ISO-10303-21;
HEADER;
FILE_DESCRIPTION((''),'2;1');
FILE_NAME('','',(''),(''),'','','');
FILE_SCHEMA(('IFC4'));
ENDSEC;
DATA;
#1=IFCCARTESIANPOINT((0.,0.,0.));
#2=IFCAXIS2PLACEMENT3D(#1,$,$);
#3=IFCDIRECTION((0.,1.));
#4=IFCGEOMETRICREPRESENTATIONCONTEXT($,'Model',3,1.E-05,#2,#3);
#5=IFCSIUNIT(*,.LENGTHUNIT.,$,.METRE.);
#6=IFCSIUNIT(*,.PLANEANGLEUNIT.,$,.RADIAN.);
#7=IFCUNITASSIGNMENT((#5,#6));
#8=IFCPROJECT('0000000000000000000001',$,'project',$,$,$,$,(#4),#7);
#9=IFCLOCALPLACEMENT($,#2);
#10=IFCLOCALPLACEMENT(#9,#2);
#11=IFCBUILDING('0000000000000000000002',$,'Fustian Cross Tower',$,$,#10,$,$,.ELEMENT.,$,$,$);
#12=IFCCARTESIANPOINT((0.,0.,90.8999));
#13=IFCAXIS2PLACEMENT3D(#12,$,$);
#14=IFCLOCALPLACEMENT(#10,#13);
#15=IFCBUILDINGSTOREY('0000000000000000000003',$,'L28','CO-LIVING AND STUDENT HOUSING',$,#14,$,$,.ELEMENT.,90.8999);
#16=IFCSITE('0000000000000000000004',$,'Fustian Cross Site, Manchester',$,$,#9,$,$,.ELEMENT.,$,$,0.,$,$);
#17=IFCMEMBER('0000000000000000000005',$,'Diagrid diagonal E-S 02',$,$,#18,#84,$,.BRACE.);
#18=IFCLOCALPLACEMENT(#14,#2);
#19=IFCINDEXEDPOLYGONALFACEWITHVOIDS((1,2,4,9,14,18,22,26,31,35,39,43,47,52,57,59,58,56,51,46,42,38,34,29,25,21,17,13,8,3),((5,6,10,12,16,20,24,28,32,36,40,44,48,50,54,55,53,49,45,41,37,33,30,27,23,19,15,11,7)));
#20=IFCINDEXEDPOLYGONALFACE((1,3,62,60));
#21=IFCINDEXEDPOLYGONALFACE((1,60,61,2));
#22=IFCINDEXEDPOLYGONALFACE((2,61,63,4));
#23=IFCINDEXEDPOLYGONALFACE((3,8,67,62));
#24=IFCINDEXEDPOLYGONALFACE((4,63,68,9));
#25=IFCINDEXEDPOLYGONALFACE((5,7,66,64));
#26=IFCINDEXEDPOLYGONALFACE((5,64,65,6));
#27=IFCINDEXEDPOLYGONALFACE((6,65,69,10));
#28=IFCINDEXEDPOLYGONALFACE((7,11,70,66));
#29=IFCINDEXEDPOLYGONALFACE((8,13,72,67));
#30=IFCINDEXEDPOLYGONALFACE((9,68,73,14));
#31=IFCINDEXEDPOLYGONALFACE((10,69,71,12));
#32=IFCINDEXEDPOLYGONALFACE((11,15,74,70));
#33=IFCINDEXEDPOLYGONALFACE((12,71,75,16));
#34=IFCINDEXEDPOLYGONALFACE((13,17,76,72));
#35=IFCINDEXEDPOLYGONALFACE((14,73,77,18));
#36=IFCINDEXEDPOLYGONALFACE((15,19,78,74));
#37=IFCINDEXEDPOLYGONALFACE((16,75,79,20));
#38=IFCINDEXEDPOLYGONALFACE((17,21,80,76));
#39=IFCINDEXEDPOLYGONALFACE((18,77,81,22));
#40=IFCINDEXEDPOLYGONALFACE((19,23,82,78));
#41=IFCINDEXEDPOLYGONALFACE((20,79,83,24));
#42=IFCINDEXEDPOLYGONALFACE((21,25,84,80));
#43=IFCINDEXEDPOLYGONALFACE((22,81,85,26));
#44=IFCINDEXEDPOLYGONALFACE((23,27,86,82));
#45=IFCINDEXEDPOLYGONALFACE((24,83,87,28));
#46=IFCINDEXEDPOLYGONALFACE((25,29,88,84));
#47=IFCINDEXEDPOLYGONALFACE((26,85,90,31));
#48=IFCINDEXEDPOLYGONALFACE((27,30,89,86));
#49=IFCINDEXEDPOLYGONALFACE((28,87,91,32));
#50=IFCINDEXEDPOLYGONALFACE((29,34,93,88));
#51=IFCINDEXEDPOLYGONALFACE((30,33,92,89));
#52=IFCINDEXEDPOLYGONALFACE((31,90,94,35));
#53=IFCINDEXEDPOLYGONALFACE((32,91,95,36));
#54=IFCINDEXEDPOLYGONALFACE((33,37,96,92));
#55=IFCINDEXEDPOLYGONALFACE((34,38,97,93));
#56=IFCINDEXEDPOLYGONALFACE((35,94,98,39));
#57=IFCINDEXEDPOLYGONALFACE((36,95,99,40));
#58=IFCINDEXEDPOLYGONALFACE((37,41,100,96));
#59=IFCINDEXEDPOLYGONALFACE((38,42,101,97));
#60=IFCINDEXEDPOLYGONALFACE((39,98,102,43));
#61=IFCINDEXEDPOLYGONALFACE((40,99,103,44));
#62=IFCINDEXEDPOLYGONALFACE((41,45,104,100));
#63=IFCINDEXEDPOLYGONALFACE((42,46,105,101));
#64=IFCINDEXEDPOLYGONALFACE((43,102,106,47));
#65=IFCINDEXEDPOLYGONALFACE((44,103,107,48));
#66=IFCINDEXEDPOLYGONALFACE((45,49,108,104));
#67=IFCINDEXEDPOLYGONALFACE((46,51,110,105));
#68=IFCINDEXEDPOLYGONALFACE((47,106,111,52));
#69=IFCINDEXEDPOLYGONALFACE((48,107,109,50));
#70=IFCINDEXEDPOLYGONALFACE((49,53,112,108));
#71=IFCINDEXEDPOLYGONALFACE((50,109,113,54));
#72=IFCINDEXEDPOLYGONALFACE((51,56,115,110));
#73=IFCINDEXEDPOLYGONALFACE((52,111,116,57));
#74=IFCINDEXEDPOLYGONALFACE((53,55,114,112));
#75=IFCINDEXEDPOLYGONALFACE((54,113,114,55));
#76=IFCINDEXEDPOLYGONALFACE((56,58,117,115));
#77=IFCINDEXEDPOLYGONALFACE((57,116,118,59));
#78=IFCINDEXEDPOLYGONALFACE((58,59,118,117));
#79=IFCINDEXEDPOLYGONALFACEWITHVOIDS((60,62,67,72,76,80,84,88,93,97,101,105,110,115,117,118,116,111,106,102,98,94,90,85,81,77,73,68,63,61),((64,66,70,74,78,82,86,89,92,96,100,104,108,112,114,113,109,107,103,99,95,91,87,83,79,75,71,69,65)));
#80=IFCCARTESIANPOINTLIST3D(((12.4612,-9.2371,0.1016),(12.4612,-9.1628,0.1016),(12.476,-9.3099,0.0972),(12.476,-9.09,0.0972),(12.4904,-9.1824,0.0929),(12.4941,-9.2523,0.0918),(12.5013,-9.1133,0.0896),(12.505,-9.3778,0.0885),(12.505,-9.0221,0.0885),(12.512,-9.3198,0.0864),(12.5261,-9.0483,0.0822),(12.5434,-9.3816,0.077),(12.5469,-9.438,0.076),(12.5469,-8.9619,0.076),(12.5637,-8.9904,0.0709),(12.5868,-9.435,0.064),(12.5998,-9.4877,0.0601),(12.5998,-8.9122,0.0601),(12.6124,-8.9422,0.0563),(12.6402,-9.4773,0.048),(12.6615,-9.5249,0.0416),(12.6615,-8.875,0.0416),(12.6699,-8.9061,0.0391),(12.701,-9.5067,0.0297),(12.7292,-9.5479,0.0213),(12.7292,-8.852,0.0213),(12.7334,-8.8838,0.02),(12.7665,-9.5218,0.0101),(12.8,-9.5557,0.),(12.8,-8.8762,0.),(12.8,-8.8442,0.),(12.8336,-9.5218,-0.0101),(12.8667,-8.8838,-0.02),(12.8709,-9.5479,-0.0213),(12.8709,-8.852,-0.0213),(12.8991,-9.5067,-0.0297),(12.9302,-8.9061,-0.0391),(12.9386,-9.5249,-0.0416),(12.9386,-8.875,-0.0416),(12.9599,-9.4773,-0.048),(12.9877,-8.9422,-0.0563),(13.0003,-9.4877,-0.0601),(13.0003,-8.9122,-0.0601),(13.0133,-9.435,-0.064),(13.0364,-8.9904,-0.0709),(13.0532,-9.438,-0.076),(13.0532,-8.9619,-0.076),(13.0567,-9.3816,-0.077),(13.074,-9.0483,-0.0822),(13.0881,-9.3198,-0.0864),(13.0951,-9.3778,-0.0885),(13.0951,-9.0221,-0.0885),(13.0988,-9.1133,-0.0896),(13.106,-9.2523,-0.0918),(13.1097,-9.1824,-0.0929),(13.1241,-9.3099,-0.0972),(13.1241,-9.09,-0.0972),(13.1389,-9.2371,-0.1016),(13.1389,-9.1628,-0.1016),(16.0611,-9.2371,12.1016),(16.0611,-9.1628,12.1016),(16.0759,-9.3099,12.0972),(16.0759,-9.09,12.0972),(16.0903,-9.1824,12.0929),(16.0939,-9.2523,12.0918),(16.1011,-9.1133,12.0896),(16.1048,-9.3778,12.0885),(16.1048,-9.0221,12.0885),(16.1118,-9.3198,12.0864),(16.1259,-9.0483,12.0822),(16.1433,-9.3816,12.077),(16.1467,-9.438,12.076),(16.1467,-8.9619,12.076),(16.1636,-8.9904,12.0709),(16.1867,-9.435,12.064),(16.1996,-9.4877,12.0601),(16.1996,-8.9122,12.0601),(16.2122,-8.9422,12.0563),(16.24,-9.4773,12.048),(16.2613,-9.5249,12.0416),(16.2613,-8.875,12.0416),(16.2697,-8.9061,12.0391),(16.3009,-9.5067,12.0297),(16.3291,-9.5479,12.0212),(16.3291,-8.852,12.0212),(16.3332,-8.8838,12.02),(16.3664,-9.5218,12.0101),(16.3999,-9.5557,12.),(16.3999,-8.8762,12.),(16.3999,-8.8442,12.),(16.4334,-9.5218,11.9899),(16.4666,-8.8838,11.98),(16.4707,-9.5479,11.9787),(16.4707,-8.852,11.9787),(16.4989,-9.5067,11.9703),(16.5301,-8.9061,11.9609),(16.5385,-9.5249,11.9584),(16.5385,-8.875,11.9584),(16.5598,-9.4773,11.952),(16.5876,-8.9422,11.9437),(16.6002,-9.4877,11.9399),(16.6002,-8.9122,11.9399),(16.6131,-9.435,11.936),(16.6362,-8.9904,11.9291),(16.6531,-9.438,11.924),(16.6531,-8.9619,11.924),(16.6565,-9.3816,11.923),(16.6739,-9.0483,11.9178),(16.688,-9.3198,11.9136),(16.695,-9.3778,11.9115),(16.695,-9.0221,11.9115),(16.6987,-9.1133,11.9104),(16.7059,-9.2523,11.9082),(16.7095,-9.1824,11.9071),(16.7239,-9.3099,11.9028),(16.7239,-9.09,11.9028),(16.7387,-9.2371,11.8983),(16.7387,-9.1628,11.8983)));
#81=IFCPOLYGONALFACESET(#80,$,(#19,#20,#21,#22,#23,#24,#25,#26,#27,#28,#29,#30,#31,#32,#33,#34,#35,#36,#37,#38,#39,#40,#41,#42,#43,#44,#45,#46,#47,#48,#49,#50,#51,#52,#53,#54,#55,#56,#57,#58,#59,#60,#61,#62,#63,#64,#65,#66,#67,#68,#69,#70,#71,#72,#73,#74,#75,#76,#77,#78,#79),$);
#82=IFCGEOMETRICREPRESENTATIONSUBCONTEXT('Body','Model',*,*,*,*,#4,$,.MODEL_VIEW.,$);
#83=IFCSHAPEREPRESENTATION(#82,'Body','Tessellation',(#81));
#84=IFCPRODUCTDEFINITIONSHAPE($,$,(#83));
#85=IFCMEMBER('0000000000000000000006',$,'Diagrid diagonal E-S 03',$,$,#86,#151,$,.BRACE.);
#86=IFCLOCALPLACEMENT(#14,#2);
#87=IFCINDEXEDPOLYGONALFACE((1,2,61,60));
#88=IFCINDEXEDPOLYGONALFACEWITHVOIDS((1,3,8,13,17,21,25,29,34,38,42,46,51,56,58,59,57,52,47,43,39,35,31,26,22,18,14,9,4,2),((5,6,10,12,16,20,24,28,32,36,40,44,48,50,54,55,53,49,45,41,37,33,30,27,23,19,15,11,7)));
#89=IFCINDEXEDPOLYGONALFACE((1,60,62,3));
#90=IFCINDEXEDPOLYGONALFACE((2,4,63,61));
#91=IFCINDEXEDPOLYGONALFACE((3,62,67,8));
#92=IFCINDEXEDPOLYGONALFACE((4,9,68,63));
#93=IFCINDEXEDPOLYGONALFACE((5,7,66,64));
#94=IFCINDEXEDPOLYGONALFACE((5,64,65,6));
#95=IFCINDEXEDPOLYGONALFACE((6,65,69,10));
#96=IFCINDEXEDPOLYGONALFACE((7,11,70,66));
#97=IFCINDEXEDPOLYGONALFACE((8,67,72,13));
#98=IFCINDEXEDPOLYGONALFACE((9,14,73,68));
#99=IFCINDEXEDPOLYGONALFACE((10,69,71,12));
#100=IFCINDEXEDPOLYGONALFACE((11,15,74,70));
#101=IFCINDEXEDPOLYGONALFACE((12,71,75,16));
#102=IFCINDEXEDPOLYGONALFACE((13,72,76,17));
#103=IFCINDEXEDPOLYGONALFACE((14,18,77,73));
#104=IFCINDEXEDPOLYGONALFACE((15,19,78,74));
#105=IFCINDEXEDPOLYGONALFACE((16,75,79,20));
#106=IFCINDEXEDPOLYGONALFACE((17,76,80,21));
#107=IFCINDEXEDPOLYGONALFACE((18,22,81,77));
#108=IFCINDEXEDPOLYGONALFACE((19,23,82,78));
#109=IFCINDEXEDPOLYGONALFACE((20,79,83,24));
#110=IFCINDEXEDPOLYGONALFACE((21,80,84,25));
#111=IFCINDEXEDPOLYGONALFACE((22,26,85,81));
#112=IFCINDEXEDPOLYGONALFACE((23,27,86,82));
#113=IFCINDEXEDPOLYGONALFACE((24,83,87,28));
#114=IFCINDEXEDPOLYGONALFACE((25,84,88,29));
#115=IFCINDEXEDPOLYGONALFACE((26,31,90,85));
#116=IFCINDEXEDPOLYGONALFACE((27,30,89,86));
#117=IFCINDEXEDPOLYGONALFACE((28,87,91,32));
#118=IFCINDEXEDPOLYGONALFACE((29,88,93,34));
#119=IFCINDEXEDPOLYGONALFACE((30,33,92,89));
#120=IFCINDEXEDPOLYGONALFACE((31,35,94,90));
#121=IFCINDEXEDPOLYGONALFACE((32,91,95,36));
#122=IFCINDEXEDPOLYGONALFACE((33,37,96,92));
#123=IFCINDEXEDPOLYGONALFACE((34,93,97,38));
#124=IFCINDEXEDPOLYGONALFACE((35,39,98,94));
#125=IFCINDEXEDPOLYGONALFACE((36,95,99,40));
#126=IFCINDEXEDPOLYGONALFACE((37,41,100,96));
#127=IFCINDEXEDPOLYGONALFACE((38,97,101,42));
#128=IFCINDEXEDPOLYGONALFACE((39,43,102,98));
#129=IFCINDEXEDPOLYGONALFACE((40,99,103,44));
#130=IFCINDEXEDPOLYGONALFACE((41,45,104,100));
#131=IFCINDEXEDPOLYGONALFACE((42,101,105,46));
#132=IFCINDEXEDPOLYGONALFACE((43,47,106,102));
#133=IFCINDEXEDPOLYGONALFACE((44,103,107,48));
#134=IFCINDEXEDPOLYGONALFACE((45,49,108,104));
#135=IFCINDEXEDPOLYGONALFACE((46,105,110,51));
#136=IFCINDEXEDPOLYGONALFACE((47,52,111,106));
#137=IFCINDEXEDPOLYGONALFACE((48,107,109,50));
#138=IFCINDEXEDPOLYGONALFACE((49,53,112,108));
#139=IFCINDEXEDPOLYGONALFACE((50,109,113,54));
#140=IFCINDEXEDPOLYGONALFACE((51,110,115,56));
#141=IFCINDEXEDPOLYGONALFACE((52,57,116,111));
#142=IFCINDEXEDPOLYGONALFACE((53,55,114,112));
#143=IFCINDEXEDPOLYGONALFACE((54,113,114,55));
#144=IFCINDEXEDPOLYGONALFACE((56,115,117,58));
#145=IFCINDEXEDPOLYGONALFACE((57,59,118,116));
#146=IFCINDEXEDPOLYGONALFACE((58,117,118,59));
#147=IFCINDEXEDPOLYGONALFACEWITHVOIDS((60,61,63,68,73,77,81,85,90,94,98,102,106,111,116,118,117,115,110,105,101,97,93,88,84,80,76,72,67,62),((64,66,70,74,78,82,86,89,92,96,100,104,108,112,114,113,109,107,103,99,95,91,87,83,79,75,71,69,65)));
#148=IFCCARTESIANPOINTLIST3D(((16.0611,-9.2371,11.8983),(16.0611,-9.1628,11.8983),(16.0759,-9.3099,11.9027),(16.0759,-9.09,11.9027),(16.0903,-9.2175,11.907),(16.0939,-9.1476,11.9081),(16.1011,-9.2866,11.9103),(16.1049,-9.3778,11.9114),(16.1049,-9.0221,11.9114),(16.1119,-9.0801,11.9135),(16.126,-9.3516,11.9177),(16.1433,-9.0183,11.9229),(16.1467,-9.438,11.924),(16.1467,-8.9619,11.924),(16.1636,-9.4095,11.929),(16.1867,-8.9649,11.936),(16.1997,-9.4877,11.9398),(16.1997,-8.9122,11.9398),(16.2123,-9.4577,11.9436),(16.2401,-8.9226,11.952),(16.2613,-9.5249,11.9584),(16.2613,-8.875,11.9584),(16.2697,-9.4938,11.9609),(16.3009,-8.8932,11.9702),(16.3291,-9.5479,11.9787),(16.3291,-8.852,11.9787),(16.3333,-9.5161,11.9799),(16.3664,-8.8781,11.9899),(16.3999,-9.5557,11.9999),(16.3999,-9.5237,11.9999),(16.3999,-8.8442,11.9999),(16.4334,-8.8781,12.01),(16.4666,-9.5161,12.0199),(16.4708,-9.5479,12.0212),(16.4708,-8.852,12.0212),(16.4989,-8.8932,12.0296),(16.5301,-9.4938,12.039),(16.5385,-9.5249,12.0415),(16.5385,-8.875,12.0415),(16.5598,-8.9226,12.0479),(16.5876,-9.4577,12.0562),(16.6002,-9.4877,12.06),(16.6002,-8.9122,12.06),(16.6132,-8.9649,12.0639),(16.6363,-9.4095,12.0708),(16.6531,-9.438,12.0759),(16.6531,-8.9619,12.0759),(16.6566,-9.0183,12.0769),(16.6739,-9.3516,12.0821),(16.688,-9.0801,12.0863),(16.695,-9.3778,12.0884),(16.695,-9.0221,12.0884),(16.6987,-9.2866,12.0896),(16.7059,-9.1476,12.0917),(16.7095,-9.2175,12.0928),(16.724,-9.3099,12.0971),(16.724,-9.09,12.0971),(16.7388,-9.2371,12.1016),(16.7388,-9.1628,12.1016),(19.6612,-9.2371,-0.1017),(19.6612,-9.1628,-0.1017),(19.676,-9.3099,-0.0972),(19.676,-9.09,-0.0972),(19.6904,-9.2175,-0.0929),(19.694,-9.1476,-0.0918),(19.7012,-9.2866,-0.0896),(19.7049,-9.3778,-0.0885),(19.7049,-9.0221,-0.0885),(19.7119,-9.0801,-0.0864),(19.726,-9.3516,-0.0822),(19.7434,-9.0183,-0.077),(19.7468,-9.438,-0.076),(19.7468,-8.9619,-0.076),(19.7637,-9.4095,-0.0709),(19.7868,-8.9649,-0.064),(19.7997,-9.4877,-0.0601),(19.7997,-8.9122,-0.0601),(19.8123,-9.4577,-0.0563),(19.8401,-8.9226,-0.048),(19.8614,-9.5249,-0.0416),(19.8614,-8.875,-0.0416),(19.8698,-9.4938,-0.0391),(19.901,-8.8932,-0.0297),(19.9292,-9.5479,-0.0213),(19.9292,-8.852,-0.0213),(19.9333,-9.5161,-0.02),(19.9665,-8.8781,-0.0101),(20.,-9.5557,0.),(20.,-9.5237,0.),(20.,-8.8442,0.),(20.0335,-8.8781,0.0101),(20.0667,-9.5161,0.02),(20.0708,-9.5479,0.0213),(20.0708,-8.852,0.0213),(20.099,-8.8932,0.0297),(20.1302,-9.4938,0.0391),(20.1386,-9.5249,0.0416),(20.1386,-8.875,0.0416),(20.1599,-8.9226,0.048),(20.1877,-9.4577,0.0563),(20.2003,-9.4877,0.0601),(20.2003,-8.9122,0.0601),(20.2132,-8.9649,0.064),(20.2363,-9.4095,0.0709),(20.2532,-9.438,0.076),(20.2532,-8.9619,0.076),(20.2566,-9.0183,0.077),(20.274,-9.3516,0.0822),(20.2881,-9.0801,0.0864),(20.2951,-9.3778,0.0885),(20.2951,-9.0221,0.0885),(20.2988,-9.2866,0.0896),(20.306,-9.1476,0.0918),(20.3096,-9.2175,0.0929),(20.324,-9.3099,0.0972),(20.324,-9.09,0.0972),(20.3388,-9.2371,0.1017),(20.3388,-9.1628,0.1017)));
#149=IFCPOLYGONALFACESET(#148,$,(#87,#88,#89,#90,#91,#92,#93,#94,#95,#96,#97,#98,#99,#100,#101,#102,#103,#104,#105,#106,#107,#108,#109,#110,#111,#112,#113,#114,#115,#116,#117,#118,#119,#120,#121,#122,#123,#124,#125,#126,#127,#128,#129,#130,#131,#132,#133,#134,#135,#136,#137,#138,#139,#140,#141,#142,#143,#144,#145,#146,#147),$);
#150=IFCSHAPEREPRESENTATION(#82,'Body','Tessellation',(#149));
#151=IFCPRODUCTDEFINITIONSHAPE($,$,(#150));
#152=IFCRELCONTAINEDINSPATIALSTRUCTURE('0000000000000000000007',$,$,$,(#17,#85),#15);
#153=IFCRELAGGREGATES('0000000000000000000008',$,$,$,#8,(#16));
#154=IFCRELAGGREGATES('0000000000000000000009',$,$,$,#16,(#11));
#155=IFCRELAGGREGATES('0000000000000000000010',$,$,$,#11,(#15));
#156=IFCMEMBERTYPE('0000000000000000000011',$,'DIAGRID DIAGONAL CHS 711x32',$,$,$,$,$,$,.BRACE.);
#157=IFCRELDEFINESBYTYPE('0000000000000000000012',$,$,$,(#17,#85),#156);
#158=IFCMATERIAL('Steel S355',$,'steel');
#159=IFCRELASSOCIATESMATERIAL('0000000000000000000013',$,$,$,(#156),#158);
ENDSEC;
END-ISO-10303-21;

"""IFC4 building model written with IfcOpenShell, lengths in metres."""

from ifc_helpers import new_model, si_unit, direction, frame, origin, origin_2d, place, context, subcontext, project, spatial, hollow_circle, extrude, material, material_profile, profile_set, type_object, element, save


model = new_model("IFC4")

# Units and contexts
model_context = context("Model", 3, precision=1e-05, world=origin(), true_north=direction((0.0, 1.0)))
body_context = subcontext(model_context, "Body", "Model", "MODEL_VIEW")
ifc_project = project(units=[si_unit("LENGTHUNIT", "METRE"), si_unit("PLANEANGLEUNIT", "RADIAN")], contexts=[model_context])

# Site, building, storey
site_placement = place(None, origin())
site = spatial("IfcSite", under=ifc_project, at=site_placement, Name="Fustian Cross Site, Manchester", CompositionType="ELEMENT", RefElevation=0.0)
building_placement = place(site_placement, origin())
building = spatial("IfcBuilding", under=site, at=building_placement, Name="Fustian Cross Tower", CompositionType="ELEMENT")
storey_placement = place(building_placement, frame((0.0, 0.0, 90.8999)))
storey = spatial("IfcBuildingStorey", under=building, at=storey_placement, Name="L28", Description="CO-LIVING AND STUDENT HOUSING", CompositionType="ELEMENT", Elevation=90.8999)

# Members
ifc_material_1 = material(Name="Steel S355", Category="steel")
ifc_material_profile_1 = material_profile(ifc_material_1, hollow_circle(Radius=0.3557, WallThickness=0.032, at=origin_2d()), Name="CHS 711x32")
ifc_profile_set_1 = profile_set([ifc_material_profile_1], Name="Steel S355")
member_type_1 = type_object("IfcMemberType", Name="DIAGRID DIAGONAL CHS 711x32", PredefinedType="BRACE", material=ifc_profile_set_1)
for number, where, z_axis, x_axis, name in (
    (1, (12.8, -9.2, 0.0), (0.287337, 0.0, 0.95783), (0.0, 1.0, 0.0), "Diagrid diagonal E-S 02"),
    (2, (20.0, -9.2, 0.0), (-0.287355, 0.0, 0.957824), (0.0, -1.0, 0.0), "Diagrid diagonal E-S 03"),
):
    element("IfcMember", number, at=place(storey_placement, frame(where, z_axis=z_axis, x_axis=x_axis)), inside=storey, type_object=member_type_1, Name=name, PredefinedType="BRACE", context=body_context, shape_type="SweptSolid", body=[
        extrude(hollow_circle(Radius=0.3557, WallThickness=0.032, at=origin_2d()), origin(), (0.0, 0.0, 1.0), 12.5283),
    ])

save(model, "model.ifc")
